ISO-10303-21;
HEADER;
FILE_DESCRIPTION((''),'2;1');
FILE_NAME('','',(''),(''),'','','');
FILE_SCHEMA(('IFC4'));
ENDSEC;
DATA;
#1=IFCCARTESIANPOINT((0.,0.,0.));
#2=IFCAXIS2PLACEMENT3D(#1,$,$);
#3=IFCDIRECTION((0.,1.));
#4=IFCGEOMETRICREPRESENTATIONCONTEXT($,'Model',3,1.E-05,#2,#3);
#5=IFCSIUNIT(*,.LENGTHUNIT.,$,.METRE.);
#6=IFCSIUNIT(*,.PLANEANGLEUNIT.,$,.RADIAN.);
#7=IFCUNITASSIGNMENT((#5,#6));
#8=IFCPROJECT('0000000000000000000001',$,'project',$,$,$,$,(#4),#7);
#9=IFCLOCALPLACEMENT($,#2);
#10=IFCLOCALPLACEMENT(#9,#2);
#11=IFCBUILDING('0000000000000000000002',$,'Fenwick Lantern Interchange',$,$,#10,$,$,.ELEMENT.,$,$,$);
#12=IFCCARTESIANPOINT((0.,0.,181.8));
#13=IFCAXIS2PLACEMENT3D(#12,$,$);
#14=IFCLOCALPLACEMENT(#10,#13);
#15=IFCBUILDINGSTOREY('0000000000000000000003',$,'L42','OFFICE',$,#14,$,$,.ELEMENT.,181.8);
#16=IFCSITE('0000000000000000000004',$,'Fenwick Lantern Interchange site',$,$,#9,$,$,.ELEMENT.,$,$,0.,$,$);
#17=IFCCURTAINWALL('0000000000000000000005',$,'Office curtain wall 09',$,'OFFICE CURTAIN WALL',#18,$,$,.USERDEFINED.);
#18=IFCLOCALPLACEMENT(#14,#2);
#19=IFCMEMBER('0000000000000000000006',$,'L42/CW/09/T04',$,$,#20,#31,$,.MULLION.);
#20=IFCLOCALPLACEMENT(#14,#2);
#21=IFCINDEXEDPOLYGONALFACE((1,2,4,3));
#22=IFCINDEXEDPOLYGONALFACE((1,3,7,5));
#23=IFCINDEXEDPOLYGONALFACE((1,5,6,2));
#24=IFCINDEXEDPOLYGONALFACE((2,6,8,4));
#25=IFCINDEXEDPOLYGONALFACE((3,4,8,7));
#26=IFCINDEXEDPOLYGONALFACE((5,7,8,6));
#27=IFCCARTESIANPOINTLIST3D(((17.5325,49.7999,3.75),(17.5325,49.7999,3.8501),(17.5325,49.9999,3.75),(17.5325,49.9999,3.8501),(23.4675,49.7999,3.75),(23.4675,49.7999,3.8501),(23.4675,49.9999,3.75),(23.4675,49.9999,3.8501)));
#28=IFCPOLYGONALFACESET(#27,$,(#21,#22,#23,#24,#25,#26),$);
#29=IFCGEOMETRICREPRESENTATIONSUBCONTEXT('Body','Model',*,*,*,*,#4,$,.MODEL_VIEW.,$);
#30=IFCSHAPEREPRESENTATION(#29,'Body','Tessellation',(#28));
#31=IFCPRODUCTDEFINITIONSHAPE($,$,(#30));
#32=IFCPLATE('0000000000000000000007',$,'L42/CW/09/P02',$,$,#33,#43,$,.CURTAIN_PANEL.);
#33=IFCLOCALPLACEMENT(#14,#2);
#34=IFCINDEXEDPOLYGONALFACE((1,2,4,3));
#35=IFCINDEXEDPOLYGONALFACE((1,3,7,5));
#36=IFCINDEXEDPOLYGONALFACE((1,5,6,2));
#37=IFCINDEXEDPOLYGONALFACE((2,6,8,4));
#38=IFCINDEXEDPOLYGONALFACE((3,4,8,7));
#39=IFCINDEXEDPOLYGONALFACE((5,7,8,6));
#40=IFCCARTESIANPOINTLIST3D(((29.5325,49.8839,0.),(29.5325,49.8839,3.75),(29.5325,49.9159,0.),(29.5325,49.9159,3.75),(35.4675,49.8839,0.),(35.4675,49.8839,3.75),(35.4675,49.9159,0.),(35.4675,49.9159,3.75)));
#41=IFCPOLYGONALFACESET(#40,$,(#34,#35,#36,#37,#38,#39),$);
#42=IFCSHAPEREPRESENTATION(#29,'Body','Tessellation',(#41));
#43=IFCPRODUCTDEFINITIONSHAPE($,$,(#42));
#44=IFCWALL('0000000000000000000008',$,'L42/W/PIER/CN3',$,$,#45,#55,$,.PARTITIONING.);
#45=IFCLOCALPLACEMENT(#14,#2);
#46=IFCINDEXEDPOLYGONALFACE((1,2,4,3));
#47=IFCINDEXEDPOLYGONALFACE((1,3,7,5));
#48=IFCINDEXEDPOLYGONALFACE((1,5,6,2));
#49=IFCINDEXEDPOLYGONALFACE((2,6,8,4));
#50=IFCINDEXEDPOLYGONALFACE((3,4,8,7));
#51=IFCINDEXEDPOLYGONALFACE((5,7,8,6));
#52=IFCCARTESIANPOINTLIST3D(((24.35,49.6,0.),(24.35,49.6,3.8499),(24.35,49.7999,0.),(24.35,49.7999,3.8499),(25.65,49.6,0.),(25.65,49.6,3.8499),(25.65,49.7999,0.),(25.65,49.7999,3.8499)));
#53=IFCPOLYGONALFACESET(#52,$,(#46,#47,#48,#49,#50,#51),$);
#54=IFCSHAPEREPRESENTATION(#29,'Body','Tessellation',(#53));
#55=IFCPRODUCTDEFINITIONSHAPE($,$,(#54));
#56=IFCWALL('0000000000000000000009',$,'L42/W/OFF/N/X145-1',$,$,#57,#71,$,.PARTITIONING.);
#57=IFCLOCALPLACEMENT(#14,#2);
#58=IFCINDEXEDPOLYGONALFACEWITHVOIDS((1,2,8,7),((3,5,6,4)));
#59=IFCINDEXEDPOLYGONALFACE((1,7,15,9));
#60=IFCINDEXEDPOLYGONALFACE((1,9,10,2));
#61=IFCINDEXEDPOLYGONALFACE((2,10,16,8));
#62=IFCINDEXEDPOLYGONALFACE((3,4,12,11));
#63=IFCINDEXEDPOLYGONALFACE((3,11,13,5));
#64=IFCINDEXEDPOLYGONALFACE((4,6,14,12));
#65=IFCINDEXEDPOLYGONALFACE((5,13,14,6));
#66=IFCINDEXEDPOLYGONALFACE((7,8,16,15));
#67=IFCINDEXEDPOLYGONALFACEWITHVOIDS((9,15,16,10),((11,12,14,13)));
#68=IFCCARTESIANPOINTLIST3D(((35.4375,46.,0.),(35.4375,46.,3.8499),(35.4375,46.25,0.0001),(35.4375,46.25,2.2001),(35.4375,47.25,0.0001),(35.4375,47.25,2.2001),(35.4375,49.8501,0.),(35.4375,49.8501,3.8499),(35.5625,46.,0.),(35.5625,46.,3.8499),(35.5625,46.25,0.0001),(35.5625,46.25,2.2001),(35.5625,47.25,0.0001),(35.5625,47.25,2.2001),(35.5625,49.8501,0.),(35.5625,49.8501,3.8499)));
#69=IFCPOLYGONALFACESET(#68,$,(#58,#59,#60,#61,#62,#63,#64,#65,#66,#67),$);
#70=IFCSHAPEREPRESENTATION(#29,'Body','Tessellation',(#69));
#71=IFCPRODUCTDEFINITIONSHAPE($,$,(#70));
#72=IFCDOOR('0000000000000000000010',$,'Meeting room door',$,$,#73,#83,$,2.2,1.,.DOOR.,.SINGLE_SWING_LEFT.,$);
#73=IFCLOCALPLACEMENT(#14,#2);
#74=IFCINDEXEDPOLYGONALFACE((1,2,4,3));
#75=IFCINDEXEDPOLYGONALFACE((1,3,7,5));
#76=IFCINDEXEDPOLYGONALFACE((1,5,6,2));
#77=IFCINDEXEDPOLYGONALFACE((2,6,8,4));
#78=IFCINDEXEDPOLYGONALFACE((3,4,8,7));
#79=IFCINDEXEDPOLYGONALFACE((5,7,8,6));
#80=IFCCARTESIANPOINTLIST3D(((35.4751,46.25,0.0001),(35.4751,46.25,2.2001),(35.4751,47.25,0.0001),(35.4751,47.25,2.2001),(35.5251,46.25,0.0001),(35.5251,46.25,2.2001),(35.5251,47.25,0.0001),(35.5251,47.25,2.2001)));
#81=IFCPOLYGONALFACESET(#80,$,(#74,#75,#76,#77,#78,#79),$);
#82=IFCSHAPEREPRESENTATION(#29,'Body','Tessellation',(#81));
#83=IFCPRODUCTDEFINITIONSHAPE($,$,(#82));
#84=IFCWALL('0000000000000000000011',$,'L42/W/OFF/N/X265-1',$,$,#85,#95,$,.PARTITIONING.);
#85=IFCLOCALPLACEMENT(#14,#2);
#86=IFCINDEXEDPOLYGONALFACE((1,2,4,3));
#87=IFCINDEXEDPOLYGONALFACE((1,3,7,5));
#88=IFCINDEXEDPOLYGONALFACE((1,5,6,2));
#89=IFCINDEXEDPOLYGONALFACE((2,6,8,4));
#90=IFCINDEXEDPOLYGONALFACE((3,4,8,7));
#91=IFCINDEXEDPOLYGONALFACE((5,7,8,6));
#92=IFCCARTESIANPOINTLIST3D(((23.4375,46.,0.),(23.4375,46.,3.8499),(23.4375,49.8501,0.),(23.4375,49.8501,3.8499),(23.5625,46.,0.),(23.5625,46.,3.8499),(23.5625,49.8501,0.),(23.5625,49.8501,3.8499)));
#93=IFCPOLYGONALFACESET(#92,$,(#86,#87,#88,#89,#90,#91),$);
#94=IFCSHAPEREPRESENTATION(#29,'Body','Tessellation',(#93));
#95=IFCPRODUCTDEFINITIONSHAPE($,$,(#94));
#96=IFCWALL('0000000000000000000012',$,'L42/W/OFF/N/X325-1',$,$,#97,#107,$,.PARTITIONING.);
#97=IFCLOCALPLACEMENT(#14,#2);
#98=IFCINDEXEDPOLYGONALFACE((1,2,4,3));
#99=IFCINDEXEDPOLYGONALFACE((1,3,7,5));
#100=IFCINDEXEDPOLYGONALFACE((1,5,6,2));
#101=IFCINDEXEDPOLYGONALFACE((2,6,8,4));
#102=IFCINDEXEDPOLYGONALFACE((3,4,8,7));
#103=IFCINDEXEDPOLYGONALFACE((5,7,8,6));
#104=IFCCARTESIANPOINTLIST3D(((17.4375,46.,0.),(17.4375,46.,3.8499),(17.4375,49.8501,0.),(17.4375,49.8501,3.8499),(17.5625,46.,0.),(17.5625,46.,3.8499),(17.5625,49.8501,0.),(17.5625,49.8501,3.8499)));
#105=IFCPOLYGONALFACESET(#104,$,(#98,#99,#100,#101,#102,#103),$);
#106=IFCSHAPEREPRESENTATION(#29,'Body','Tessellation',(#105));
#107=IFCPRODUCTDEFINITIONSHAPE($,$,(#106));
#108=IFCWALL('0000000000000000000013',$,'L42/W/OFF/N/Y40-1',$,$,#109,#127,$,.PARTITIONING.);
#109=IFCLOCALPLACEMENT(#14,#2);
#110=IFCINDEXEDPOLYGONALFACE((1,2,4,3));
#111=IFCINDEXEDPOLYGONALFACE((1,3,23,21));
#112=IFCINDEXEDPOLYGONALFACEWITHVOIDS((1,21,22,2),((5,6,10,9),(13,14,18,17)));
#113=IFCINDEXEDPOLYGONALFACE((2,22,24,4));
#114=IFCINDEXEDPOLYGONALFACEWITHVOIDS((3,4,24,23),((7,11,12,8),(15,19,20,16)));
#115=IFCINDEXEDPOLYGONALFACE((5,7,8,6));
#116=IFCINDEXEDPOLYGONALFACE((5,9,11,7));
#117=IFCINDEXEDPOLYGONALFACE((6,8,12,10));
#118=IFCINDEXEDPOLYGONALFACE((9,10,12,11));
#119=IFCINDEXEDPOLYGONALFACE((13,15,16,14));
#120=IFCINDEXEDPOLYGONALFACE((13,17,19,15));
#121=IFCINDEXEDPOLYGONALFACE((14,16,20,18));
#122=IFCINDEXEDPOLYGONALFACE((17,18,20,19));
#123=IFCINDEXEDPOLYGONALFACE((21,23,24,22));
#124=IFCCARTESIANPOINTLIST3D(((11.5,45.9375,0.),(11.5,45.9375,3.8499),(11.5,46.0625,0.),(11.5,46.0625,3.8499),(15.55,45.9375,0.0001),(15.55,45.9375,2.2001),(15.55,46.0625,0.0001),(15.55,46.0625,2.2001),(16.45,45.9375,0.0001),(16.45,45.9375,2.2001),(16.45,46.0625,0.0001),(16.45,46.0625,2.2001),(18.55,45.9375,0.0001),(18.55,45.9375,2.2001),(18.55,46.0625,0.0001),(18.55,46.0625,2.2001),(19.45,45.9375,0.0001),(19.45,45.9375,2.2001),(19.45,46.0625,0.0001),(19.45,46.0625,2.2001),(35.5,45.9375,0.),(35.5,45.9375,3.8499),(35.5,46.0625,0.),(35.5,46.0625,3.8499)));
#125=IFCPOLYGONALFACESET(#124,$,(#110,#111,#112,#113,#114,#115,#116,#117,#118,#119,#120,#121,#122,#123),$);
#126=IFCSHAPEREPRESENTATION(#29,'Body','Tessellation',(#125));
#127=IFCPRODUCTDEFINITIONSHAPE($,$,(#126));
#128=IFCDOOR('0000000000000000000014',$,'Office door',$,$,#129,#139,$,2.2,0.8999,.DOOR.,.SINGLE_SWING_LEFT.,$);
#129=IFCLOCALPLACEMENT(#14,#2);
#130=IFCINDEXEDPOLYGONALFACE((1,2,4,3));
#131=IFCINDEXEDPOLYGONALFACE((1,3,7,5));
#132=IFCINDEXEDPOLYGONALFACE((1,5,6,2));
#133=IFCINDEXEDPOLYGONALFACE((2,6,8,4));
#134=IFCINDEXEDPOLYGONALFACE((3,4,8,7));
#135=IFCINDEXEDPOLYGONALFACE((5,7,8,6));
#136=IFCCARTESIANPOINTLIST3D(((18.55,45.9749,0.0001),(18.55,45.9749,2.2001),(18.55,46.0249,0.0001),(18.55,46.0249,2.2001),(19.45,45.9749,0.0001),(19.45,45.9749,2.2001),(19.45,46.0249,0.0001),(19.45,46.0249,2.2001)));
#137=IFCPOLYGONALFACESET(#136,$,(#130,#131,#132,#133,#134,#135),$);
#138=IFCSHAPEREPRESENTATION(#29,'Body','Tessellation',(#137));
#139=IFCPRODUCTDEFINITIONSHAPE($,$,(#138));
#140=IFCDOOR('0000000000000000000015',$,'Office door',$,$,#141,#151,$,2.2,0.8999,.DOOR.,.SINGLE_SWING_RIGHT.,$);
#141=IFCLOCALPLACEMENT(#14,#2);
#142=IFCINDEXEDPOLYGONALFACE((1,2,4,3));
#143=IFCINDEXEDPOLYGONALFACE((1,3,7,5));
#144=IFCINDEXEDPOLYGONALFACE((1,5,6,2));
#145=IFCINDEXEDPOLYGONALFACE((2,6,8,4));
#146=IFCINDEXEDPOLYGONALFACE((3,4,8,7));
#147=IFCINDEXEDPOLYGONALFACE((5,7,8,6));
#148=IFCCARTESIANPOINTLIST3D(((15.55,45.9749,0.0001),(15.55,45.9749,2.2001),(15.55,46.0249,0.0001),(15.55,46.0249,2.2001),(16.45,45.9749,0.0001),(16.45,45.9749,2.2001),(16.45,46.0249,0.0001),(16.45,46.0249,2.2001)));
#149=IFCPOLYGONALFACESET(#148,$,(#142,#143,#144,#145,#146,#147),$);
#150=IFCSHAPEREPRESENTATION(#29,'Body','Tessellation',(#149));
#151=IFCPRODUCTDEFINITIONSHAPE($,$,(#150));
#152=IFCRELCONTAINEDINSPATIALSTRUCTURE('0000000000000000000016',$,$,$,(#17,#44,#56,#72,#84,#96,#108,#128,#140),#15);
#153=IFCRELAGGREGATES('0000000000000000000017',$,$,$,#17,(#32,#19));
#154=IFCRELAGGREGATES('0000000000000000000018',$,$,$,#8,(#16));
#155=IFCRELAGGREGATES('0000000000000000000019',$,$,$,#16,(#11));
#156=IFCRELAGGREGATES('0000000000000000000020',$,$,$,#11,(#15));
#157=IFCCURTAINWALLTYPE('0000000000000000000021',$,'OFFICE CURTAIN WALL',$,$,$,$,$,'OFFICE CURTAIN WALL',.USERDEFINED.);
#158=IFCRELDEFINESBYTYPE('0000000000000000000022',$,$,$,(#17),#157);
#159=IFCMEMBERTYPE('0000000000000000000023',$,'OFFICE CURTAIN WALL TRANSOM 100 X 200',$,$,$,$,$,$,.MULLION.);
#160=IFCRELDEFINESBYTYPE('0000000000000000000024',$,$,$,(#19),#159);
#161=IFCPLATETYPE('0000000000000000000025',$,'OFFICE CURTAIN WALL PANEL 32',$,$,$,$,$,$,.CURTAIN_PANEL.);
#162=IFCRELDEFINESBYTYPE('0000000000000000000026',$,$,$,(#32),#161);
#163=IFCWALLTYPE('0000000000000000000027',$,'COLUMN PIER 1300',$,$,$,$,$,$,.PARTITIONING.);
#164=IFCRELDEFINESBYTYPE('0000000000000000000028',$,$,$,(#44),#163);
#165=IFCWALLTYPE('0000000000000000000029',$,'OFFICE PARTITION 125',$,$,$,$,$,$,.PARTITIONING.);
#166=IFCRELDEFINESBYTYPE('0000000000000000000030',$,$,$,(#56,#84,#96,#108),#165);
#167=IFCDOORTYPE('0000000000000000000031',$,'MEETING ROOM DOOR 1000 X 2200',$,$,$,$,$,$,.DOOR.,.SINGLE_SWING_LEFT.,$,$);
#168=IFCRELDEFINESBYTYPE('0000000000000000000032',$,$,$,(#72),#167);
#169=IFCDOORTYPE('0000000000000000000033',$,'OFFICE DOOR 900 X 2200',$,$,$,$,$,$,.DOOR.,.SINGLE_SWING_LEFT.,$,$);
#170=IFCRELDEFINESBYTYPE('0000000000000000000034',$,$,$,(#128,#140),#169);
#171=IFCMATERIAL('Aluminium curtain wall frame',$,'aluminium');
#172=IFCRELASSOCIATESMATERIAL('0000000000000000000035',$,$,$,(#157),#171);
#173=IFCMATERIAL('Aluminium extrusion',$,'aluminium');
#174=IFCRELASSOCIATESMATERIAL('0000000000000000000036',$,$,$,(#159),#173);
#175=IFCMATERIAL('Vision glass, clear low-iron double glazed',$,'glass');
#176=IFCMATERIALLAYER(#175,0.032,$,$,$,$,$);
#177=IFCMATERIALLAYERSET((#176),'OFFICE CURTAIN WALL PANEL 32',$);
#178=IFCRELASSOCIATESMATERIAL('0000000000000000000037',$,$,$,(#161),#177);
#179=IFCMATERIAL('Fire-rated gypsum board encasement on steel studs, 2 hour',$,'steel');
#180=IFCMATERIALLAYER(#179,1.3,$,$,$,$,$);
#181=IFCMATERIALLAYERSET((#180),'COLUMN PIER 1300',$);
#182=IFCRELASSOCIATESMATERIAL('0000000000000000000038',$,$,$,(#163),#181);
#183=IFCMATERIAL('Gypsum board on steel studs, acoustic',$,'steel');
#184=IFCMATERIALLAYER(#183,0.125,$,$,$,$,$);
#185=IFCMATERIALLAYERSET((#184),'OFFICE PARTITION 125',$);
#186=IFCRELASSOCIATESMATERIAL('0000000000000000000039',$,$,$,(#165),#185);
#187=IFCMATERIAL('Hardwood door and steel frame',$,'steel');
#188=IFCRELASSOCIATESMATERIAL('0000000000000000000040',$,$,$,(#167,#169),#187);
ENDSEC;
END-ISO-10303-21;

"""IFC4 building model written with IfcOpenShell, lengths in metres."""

from ifc_helpers import new_model, si_unit, direction, frame, frame_2d, origin, origin_2d, place, context, subcontext, project, spatial, rectangle, extrude, material, layer, layer_set, material_profile, profile_set, type_object, element, fill, aggregate, save


model = new_model("IFC4")

# Units and contexts
model_context = context("Model", 3, precision=1e-05, world=origin(), true_north=direction((0.0, 1.0)))
body_context = subcontext(model_context, "Body", "Model", "MODEL_VIEW")
ifc_project = project(units=[si_unit("LENGTHUNIT", "METRE"), si_unit("PLANEANGLEUNIT", "RADIAN")], contexts=[model_context])

# Site, building, storey
site_placement = place(None, origin())
site = spatial("IfcSite", under=ifc_project, at=site_placement, Name="Fenwick Lantern Interchange site", CompositionType="ELEMENT", RefElevation=0.0)
building_placement = place(site_placement, origin())
building = spatial("IfcBuilding", under=site, at=building_placement, Name="Fenwick Lantern Interchange", CompositionType="ELEMENT")
storey_placement = place(building_placement, frame((0.0, 0.0, 181.8)))
storey = spatial("IfcBuildingStorey", under=building, at=storey_placement, Name="L42", Description="OFFICE", CompositionType="ELEMENT", Elevation=181.8)

# Curtain wall, member, plate
ifc_material_1 = material(Name="Aluminium curtain wall frame", Category="aluminium")
curtain_wall_type = type_object("IfcCurtainWallType", Name="OFFICE CURTAIN WALL", ElementType="OFFICE CURTAIN WALL", PredefinedType="USERDEFINED", material=ifc_material_1)
curtain_wall_placement = place(storey_placement, origin())
curtain_wall = element("IfcCurtainWall", 1, at=curtain_wall_placement, inside=storey, type_object=curtain_wall_type, Name="Office curtain wall 09", ObjectType="OFFICE CURTAIN WALL", PredefinedType="USERDEFINED")
ifc_material_2 = material(Name="Aluminium extrusion", Category="aluminium")
ifc_material_profile_1 = material_profile(ifc_material_2, rectangle(XDim=0.2, YDim=0.1001, at=origin_2d()), Name="OFFICE CURTAIN WALL TRANSOM 100 X 200")
ifc_profile_set_1 = profile_set([ifc_material_profile_1], Name="Aluminium extrusion")
member_type_1 = type_object("IfcMemberType", Name="OFFICE CURTAIN WALL TRANSOM 100 X 200", PredefinedType="MULLION", material=ifc_profile_set_1)
member_1_placement = place(storey_placement, frame((23.4675, 49.8999, 3.8), z_axis=(-1.0, 0.0, 0.0), x_axis=(0.0, -1.0, 0.0)))
member_1 = element("IfcMember", 2, at=member_1_placement, type_object=member_type_1, Name="L42/CW/09/T04", PredefinedType="MULLION", context=body_context, shape_type="SweptSolid", body=[
    extrude(rectangle(XDim=0.2, YDim=0.1001, at=origin_2d()), origin(), (0.0, 0.0, 1.0), 5.9351),
])
ifc_material_3 = material(Name="Vision glass, clear low-iron double glazed", Category="glass")
ifc_layer_1 = layer(ifc_material_3, 0.032)
ifc_layer_set_1 = layer_set([ifc_layer_1], Name="OFFICE CURTAIN WALL PANEL 32")
plate_type = type_object("IfcPlateType", Name="OFFICE CURTAIN WALL PANEL 32", PredefinedType="CURTAIN_PANEL", material=ifc_layer_set_1)
plate_placement = place(storey_placement, frame((32.5, 49.8999, 0.0), z_axis=(0.0, 0.0, 1.0), x_axis=(-1.0, 0.0, 0.0)))
plate = element("IfcPlate", 3, at=plate_placement, type_object=plate_type, Name="L42/CW/09/P02", PredefinedType="CURTAIN_PANEL", context=body_context, shape_type="SweptSolid", body=[
    extrude(rectangle(XDim=5.9351, YDim=0.032, at=origin_2d()), origin(), (0.0, 0.0, 1.0), 3.75),
])
aggregate(curtain_wall, [plate, member_1])

# Wall
ifc_material_4 = material(Name="Fire-rated gypsum board encasement on steel studs, 2 hour", Category="steel")
ifc_layer_2 = layer(ifc_material_4, 1.3)
ifc_layer_set_2 = layer_set([ifc_layer_2], Name="COLUMN PIER 1300")
wall_type_1 = type_object("IfcWallType", Name="COLUMN PIER 1300", PredefinedType="PARTITIONING", material=ifc_layer_set_2)
wall_1_placement = place(storey_placement, frame((25.0, 49.8, 0.0), z_axis=(0.0, 0.0, 1.0), x_axis=(0.0, -1.0, 0.0)))
element("IfcWall", 4, at=wall_1_placement, inside=storey, type_object=wall_type_1, Name="L42/W/PIER/CN3", PredefinedType="PARTITIONING", context=body_context, shape_type="SweptSolid", body=[
    extrude(rectangle(XDim=0.2, YDim=1.3, at=frame_2d((0.1001, 0.0))), origin(), (0.0, 0.0, 1.0), 3.8499),
])

# Wall, opening, door
ifc_material_5 = material(Name="Gypsum board on steel studs, acoustic", Category="steel")
ifc_layer_3 = layer(ifc_material_5, 0.125)
ifc_layer_set_3 = layer_set([ifc_layer_3], Name="OFFICE PARTITION 125")
wall_type_2 = type_object("IfcWallType", Name="OFFICE PARTITION 125", PredefinedType="PARTITIONING", material=ifc_layer_set_3)
wall_2_placement = place(storey_placement, frame((35.5, 49.8501, 0.0), z_axis=(0.0, 0.0, 1.0), x_axis=(0.0, -1.0, 0.0)))
wall_2 = element("IfcWall", 5, at=wall_2_placement, inside=storey, type_object=wall_type_2, Name="L42/W/OFF/N/X145-1", PredefinedType="PARTITIONING", context=body_context, shape_type="SweptSolid", body=[
    extrude(rectangle(XDim=3.8501, YDim=0.125, at=frame_2d((1.925, 0.0))), origin(), (0.0, 0.0, 1.0), 3.8499),
])
opening_1_placement = place(wall_2_placement, frame((2.6001, 0.0, 0.0)))
opening_1 = element("IfcOpeningElement", 6, at=opening_1_placement, cuts=wall_2, PredefinedType="OPENING", context=body_context, shape_type="SweptSolid", body=[
    extrude(rectangle(XDim=1.0, YDim=2.2, at=frame_2d((0.5, 1.1001))), frame((0.0, 0.0725, 0.0), z_axis=(0.0, -1.0, 0.0), x_axis=(1.0, 0.0, 0.0)), (0.0, 0.0, 1.0), 0.145),
])
ifc_material_6 = material(Name="Hardwood door and steel frame", Category="steel")
door_type_1 = type_object("IfcDoorType", Name="MEETING ROOM DOOR 1000 X 2200", OperationType="SINGLE_SWING_LEFT", PredefinedType="DOOR", material=ifc_material_6)
door_1_placement = place(opening_1_placement, frame((1.0, 0.0, 0.0), z_axis=(0.0, 0.0, 1.0), x_axis=(-1.0, 0.0, 0.0)))
door_1 = element("IfcDoor", 7, at=door_1_placement, inside=storey, type_object=door_type_1, Name="Meeting room door", OperationType="SINGLE_SWING_LEFT", OverallHeight=2.2, OverallWidth=1.0, PredefinedType="DOOR", context=body_context, shape_type="SweptSolid", body=[
    extrude(rectangle(XDim=1.0, YDim=2.2, at=frame_2d((0.5, 1.1001))), frame((0.0, 0.0249, 0.0), z_axis=(0.0, -1.0, 0.0), x_axis=(1.0, 0.0, 0.0)), (0.0, 0.0, 1.0), 0.05),
])
fill(opening_1, door_1)

# Walls
for number, where, z_axis, x_axis, name in (
    (8, (23.5, 49.8501, 0.0), (0.0, 0.0, 1.0), (0.0, -1.0, 0.0), "L42/W/OFF/N/X265-1"),
    (9, (17.5, 49.8501, 0.0), (0.0, 0.0, 1.0), (0.0, -1.0, 0.0), "L42/W/OFF/N/X325-1"),
):
    element("IfcWall", number, at=place(storey_placement, frame(where, z_axis=z_axis, x_axis=x_axis)), inside=storey, type_object=wall_type_2, Name=name, PredefinedType="PARTITIONING", context=body_context, shape_type="SweptSolid", body=[
        extrude(rectangle(XDim=3.8501, YDim=0.125, at=frame_2d((1.925, 0.0))), origin(), (0.0, 0.0, 1.0), 3.8499),
    ])

# Wall, openings, doors
wall_3_placement = place(storey_placement, frame((35.5, 46.0, 0.0), z_axis=(0.0, 0.0, 1.0), x_axis=(-1.0, 0.0, 0.0)))
wall_3 = element("IfcWall", 10, at=wall_3_placement, inside=storey, type_object=wall_type_2, Name="L42/W/OFF/N/Y40-1", PredefinedType="PARTITIONING", context=body_context, shape_type="SweptSolid", body=[
    extrude(rectangle(XDim=24.0, YDim=0.125, at=frame_2d((12.0, 0.0))), origin(), (0.0, 0.0, 1.0), 3.8499),
])
opening_2_placement = place(wall_3_placement, frame((16.05, 0.0, 0.0)))
opening_2 = element("IfcOpeningElement", 11, at=opening_2_placement, cuts=wall_3, PredefinedType="OPENING", context=body_context, shape_type="SweptSolid", body=[
    extrude(rectangle(XDim=0.8999, YDim=2.2, at=frame_2d((0.45, 1.1001))), frame((0.0, 0.0725, 0.0), z_axis=(0.0, -1.0, 0.0), x_axis=(1.0, 0.0, 0.0)), (0.0, 0.0, 1.0), 0.145),
])
opening_3_placement = place(wall_3_placement, frame((19.05, 0.0, 0.0)))
opening_3 = element("IfcOpeningElement", 12, at=opening_3_placement, cuts=wall_3, PredefinedType="OPENING", context=body_context, shape_type="SweptSolid", body=[
    extrude(rectangle(XDim=0.8999, YDim=2.2, at=frame_2d((0.45, 1.1001))), frame((0.0, 0.0725, 0.0), z_axis=(0.0, -1.0, 0.0), x_axis=(1.0, 0.0, 0.0)), (0.0, 0.0, 1.0), 0.145),
])
door_type_2 = type_object("IfcDoorType", Name="OFFICE DOOR 900 X 2200", OperationType="SINGLE_SWING_LEFT", PredefinedType="DOOR", material=ifc_material_6)
door_2_placement = place(opening_2_placement, frame((0.8999, 0.0, 0.0), z_axis=(0.0, 0.0, 1.0), x_axis=(-1.0, 0.0, 0.0)))
door_2 = element("IfcDoor", 13, at=door_2_placement, inside=storey, type_object=door_type_2, Name="Office door", OperationType="SINGLE_SWING_LEFT", OverallHeight=2.2, OverallWidth=0.8999, PredefinedType="DOOR", context=body_context, shape_type="SweptSolid", body=[
    extrude(rectangle(XDim=0.8999, YDim=2.2, at=frame_2d((0.45, 1.1001))), frame((0.0, 0.0249, 0.0), z_axis=(0.0, -1.0, 0.0), x_axis=(1.0, 0.0, 0.0)), (0.0, 0.0, 1.0), 0.05),
])
fill(opening_2, door_2)
door_3_placement = place(opening_3_placement, frame((0.8999, 0.0, 0.0), z_axis=(0.0, 0.0, 1.0), x_axis=(-1.0, 0.0, 0.0)))
door_3 = element("IfcDoor", 14, at=door_3_placement, inside=storey, type_object=door_type_2, Name="Office door", OperationType="SINGLE_SWING_RIGHT", OverallHeight=2.2, OverallWidth=0.8999, PredefinedType="DOOR", context=body_context, shape_type="SweptSolid", body=[
    extrude(rectangle(XDim=0.8999, YDim=2.2, at=frame_2d((0.45, 1.1001))), frame((0.0, 0.0249, 0.0), z_axis=(0.0, -1.0, 0.0), x_axis=(1.0, 0.0, 0.0)), (0.0, 0.0, 1.0), 0.05),
])
fill(opening_3, door_3)

save(model, "model.ifc")
